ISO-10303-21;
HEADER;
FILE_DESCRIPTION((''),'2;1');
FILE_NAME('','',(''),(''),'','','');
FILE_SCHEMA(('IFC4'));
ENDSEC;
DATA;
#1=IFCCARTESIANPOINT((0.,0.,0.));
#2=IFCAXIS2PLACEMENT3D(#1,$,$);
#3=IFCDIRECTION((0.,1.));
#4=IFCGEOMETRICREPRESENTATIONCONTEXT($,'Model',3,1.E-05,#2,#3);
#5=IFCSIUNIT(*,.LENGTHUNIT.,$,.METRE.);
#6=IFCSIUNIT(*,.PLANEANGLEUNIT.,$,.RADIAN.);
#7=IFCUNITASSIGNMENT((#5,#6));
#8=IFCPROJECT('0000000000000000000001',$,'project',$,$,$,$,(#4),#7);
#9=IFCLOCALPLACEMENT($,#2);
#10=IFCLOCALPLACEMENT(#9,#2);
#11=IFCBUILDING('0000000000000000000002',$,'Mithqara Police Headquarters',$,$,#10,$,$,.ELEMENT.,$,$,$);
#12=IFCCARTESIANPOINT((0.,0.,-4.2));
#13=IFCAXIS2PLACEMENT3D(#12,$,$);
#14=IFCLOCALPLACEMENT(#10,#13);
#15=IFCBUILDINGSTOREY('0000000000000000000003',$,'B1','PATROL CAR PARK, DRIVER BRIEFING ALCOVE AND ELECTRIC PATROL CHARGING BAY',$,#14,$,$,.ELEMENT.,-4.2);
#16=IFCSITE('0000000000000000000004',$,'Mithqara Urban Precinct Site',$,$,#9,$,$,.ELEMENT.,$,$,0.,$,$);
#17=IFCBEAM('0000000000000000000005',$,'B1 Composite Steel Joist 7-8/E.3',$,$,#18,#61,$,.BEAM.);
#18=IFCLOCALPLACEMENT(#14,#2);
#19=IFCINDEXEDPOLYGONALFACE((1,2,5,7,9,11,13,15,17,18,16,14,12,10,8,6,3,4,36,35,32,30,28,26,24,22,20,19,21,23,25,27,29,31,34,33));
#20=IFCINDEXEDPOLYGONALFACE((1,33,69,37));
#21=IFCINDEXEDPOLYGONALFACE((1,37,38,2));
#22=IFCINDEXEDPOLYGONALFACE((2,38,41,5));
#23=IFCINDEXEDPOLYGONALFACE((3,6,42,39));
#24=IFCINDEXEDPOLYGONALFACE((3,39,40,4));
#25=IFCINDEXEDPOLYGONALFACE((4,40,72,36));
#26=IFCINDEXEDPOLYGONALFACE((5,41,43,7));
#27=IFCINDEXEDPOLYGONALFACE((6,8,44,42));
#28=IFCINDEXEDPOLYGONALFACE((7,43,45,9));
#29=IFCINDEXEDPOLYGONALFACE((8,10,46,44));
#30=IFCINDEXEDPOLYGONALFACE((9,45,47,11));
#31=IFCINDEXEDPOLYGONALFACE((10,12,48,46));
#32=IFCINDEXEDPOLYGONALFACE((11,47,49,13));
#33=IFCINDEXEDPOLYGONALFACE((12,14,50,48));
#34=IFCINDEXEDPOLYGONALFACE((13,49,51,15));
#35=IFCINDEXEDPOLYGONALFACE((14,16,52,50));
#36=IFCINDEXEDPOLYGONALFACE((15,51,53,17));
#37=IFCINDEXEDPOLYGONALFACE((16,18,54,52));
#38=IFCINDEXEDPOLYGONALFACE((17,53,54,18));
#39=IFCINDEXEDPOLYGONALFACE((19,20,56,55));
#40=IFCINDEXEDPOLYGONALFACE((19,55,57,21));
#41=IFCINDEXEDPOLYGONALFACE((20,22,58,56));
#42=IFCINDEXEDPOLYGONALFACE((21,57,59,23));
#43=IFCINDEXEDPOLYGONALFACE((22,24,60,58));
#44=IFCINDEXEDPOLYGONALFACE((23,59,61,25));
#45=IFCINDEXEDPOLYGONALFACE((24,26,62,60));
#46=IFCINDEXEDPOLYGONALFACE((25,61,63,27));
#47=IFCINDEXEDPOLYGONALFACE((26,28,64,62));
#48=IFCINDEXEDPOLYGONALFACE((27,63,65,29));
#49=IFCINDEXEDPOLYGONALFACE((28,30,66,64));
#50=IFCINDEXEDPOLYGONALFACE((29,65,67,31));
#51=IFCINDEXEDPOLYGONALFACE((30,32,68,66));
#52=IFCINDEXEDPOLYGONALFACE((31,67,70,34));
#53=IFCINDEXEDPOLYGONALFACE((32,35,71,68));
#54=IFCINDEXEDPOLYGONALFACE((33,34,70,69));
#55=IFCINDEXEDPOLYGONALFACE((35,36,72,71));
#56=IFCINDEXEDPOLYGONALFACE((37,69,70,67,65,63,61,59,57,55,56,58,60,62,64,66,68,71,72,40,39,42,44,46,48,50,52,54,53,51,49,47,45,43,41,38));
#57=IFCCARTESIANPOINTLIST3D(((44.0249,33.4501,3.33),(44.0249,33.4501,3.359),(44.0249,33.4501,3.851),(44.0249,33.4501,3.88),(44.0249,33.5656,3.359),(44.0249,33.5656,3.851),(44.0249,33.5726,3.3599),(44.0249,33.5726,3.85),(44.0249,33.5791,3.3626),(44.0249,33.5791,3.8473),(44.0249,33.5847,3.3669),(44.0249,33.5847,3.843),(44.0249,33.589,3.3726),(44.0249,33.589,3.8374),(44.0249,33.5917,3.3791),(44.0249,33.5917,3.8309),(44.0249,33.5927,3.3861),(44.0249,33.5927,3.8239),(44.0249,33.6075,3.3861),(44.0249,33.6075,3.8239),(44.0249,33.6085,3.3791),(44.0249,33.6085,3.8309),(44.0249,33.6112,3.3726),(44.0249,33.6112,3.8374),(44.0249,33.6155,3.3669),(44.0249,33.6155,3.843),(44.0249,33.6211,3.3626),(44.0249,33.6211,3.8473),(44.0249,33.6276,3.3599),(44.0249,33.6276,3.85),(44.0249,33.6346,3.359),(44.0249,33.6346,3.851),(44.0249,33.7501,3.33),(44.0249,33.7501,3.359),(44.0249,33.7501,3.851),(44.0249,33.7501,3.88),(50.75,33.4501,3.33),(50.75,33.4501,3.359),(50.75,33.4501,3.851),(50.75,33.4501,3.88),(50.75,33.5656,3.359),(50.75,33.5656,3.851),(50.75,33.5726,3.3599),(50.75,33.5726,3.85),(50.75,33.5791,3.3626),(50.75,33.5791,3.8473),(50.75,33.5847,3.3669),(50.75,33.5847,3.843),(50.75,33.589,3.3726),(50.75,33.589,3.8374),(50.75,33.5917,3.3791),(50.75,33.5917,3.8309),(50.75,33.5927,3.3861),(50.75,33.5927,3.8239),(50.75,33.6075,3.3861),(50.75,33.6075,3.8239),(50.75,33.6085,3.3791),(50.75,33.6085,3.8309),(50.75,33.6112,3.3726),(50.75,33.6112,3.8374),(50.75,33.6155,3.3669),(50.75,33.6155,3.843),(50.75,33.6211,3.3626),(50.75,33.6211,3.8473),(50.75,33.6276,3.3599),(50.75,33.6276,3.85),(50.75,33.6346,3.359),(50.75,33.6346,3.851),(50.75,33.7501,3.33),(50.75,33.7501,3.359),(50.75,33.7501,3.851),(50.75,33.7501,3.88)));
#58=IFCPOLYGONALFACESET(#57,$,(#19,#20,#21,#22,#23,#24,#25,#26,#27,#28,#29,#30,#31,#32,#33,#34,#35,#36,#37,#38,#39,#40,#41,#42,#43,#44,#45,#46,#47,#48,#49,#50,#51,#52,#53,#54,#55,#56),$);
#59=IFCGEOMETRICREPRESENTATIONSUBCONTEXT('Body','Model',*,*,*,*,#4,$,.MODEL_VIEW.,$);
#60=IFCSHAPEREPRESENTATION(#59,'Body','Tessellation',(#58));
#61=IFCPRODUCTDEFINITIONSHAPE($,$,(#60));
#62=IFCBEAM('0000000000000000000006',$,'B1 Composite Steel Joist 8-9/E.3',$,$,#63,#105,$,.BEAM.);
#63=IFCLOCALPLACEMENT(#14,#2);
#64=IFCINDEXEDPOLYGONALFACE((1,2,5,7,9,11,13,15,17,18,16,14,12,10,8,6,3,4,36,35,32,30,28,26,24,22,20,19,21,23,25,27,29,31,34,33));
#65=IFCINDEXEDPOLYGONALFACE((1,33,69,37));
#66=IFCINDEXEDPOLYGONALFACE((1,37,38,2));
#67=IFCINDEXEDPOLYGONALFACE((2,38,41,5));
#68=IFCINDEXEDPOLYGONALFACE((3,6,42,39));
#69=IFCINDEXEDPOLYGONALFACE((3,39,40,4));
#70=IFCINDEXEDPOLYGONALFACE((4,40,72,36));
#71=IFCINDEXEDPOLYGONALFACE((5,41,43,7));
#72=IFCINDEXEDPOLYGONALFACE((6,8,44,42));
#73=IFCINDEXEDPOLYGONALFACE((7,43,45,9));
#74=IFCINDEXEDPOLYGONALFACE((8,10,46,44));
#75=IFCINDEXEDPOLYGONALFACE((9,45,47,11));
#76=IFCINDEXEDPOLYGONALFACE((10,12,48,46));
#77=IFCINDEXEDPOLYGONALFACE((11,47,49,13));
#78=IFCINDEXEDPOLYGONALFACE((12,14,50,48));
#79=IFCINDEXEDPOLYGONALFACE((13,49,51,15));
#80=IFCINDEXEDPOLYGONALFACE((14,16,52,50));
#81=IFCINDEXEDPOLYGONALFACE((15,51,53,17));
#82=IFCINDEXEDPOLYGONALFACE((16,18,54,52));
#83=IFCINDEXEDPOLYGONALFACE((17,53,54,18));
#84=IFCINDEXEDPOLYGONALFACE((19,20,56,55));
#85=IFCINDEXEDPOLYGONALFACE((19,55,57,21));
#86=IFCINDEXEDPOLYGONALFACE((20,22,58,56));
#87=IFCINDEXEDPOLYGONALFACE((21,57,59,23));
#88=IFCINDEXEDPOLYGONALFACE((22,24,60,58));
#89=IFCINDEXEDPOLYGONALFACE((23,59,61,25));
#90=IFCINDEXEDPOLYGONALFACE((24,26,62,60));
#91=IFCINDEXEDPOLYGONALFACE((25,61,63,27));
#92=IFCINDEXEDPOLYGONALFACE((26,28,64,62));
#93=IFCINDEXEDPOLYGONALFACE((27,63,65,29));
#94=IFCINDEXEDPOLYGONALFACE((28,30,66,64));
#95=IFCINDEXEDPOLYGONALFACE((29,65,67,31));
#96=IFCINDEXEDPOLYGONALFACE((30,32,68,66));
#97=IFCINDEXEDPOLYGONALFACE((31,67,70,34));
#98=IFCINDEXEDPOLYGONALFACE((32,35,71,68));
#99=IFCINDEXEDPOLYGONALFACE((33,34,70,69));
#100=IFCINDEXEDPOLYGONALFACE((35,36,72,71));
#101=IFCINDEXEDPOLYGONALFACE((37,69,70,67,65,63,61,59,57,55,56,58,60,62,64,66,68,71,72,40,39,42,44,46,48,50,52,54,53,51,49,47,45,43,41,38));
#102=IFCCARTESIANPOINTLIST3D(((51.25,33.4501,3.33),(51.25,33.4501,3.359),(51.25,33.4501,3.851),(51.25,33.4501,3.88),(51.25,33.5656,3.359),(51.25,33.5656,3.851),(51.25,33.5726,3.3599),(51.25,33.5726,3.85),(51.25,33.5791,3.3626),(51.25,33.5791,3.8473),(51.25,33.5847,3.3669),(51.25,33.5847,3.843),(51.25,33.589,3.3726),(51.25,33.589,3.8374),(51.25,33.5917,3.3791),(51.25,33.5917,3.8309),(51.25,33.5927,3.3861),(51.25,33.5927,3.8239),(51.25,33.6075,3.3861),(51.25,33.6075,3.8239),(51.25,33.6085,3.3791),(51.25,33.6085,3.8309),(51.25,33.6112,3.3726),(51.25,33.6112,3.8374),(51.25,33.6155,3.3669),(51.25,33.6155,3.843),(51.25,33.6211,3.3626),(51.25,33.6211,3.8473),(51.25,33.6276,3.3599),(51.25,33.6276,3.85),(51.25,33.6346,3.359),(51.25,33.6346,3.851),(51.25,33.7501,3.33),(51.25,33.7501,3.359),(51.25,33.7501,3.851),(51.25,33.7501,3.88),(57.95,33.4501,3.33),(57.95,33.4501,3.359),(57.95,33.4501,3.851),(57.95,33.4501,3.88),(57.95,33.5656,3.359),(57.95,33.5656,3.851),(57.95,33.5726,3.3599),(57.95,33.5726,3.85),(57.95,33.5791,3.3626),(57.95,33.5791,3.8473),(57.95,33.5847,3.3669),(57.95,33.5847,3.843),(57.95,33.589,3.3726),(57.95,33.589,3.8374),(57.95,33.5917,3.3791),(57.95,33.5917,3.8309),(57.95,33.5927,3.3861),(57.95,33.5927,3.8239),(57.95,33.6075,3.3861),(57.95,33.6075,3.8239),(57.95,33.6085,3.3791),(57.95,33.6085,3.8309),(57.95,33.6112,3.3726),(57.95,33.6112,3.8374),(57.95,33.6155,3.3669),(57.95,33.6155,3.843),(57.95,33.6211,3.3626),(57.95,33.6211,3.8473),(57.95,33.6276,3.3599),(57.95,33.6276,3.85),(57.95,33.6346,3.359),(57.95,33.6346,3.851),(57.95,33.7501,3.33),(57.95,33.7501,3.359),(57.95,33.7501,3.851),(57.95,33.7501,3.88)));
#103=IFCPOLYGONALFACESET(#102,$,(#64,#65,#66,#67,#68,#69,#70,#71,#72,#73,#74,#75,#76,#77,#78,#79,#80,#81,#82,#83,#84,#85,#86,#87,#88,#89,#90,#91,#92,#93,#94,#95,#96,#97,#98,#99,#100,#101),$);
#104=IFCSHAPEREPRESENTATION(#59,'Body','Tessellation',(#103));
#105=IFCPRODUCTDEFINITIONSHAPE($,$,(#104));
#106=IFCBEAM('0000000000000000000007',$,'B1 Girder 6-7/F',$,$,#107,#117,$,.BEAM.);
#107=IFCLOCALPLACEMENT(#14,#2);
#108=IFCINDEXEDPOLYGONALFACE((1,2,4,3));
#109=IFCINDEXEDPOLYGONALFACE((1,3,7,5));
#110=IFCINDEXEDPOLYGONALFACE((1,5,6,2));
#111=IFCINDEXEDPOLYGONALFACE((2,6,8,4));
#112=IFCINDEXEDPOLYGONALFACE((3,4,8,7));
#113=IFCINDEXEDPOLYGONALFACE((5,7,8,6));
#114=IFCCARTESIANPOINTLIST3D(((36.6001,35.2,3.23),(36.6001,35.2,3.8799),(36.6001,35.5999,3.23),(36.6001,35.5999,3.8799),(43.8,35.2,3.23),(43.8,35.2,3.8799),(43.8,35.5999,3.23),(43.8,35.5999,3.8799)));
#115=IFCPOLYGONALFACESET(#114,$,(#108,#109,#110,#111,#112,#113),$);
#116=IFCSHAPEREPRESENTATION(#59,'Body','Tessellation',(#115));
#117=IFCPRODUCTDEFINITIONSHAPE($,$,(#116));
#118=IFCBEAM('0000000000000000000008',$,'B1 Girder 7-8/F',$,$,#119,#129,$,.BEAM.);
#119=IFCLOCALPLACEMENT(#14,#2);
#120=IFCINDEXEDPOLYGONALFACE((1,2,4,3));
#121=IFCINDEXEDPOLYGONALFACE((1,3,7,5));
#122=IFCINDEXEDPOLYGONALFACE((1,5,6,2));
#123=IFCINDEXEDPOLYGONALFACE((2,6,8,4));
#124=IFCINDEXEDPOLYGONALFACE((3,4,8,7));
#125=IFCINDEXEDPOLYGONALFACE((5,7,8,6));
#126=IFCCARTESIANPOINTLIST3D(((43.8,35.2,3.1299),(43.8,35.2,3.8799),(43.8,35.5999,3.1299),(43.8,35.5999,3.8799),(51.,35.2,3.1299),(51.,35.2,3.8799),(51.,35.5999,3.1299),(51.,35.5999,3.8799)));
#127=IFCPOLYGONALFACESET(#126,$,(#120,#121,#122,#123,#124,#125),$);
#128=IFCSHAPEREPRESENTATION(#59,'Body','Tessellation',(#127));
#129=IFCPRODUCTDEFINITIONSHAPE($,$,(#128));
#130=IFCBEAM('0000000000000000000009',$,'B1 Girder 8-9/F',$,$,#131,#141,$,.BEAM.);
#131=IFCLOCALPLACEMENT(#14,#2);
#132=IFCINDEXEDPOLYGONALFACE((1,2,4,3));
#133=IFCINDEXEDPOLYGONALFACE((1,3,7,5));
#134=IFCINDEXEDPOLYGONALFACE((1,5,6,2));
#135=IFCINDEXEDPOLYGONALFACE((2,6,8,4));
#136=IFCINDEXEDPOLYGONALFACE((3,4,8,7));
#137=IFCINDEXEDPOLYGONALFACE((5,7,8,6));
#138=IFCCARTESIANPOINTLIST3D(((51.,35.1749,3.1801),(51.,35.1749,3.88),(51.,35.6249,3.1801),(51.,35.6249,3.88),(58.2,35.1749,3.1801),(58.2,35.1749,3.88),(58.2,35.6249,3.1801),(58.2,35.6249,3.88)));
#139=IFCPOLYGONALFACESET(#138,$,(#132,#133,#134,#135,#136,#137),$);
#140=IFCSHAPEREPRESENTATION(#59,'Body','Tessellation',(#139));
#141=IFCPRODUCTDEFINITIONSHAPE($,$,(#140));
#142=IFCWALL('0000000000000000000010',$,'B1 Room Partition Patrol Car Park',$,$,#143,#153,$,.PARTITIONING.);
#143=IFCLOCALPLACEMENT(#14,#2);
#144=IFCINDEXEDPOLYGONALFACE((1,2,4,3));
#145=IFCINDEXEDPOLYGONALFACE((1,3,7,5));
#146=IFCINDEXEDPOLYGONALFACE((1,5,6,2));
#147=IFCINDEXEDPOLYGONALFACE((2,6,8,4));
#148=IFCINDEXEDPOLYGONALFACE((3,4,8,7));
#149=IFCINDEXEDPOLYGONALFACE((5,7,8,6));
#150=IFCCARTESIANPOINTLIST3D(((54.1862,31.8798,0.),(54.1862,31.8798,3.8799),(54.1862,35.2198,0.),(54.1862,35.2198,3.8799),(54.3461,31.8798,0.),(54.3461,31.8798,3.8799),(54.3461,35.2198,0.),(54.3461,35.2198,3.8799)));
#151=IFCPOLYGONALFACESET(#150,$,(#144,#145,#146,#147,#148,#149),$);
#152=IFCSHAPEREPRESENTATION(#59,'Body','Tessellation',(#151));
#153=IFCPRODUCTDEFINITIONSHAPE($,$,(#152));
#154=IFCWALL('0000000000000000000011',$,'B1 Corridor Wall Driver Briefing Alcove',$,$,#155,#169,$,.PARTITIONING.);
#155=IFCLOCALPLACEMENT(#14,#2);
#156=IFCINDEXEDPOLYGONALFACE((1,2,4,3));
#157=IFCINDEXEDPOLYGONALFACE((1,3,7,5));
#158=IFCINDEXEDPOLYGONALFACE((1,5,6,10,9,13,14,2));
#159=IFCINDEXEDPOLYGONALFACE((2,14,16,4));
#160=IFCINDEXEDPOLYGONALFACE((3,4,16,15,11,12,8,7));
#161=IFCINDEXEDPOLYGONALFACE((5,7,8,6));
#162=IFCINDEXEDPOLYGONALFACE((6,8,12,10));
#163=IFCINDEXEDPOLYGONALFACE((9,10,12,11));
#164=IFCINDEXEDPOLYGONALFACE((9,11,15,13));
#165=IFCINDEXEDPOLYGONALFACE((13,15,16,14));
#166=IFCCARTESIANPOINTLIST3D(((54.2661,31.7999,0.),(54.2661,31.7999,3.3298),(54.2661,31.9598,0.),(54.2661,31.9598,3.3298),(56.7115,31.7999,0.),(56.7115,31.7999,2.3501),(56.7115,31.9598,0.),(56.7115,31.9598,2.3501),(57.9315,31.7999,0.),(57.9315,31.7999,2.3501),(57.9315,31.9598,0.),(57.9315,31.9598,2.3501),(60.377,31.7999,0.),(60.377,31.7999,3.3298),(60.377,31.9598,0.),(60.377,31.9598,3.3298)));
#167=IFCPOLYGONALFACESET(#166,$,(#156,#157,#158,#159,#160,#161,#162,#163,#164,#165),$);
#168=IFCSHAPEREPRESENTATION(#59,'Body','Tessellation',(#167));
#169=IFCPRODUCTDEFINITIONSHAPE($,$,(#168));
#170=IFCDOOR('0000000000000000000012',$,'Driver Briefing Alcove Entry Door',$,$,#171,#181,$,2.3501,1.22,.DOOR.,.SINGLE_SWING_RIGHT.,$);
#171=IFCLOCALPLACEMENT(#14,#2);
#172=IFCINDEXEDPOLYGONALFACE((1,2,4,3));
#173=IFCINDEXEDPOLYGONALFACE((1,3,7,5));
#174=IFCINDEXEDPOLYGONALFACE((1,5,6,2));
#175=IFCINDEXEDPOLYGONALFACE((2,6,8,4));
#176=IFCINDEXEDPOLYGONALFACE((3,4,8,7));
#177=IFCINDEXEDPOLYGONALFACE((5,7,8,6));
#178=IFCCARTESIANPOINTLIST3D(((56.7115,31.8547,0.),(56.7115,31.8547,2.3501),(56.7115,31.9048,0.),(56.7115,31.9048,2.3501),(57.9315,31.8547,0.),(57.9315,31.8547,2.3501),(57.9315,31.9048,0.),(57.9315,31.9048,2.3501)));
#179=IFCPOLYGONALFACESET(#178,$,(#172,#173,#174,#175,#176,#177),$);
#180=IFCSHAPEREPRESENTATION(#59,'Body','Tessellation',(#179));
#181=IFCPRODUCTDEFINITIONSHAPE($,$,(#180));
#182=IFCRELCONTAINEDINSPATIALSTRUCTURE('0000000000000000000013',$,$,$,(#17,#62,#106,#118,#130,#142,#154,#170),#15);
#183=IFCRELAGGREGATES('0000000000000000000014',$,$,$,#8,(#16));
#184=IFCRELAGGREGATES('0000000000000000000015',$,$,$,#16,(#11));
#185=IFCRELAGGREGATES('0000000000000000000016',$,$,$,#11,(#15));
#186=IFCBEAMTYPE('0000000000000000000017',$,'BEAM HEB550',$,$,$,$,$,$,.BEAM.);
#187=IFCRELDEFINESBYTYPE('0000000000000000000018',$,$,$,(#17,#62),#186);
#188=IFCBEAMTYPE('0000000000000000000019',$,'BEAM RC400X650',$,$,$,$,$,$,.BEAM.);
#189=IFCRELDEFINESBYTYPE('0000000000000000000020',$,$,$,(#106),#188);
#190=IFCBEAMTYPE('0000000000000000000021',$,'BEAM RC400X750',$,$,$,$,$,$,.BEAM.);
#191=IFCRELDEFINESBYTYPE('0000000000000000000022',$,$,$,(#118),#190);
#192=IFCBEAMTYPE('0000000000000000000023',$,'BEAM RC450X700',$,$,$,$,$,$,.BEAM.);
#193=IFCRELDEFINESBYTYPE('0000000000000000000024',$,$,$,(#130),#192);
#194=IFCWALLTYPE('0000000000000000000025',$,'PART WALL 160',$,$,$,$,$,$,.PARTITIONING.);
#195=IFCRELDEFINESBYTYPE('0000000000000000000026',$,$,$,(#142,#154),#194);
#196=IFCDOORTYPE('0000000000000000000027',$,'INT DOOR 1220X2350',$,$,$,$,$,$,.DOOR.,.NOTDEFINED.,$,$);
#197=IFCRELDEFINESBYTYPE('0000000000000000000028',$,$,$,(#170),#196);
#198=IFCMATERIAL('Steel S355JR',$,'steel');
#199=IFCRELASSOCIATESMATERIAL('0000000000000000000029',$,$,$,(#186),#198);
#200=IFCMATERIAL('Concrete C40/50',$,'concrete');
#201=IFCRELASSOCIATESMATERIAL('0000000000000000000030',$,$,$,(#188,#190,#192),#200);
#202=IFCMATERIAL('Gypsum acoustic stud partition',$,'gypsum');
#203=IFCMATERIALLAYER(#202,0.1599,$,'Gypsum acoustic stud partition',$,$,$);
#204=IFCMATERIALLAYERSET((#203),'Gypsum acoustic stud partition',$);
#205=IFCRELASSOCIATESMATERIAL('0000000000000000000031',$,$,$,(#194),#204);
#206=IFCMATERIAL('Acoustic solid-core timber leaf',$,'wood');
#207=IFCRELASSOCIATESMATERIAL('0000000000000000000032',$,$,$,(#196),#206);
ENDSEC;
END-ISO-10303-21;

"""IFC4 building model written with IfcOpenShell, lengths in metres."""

from ifc_helpers import new_model, si_unit, direction, frame, frame_2d, origin, origin_2d, place, context, subcontext, project, spatial, rectangle, i_section, extrude, material, layer, layer_set, material_profile, profile_set, type_object, element, fill, save


model = new_model("IFC4")

# Units and contexts
model_context = context("Model", 3, precision=1e-05, world=origin(), true_north=direction((0.0, 1.0)))
body_context = subcontext(model_context, "Body", "Model", "MODEL_VIEW")
ifc_project = project(units=[si_unit("LENGTHUNIT", "METRE"), si_unit("PLANEANGLEUNIT", "RADIAN")], contexts=[model_context])

# Site, building, storey
site_placement = place(None, origin())
site = spatial("IfcSite", under=ifc_project, at=site_placement, Name="Mithqara Urban Precinct Site", CompositionType="ELEMENT", RefElevation=0.0)
building_placement = place(site_placement, origin())
building = spatial("IfcBuilding", under=site, at=building_placement, Name="Mithqara Police Headquarters", CompositionType="ELEMENT")
storey_placement = place(building_placement, frame((0.0, 0.0, -4.2)))
storey = spatial("IfcBuildingStorey", under=building, at=storey_placement, Name="B1", Description="PATROL CAR PARK, DRIVER BRIEFING ALCOVE AND ELECTRIC PATROL CHARGING BAY", CompositionType="ELEMENT", Elevation=-4.2)

# Shared definitions
ifc_material_1 = material(Name="Concrete C40/50", Category="concrete")

# Beams
ifc_material_2 = material(Name="Steel S355JR", Category="steel")
ifc_material_profile_1 = material_profile(ifc_material_2, i_section(OverallWidth=0.3, OverallDepth=0.55, WebThickness=0.0149, FlangeThickness=0.0291, FilletRadius=0.0271, at=origin_2d()), Name="HEB 550")
ifc_profile_set_1 = profile_set([ifc_material_profile_1], Name="Steel S355JR")
beam_type_1 = type_object("IfcBeamType", Name="BEAM HEB550", PredefinedType="BEAM", material=ifc_profile_set_1)
beam_1_placement = place(storey_placement, frame((44.0249, 33.6001, 3.605), z_axis=(1.0, 0.0, 0.0), x_axis=(0.0, 1.0, 0.0)))
element("IfcBeam", 1, at=beam_1_placement, inside=storey, type_object=beam_type_1, Name="B1 Composite Steel Joist 7-8/E.3", PredefinedType="BEAM", context=body_context, shape_type="SweptSolid", body=[
    extrude(i_section(OverallWidth=0.3, OverallDepth=0.55, WebThickness=0.0149, FlangeThickness=0.0291, FilletRadius=0.0271, at=origin_2d()), origin(), (0.0, 0.0, 1.0), 6.7251),
])
beam_2_placement = place(storey_placement, frame((51.25, 33.6001, 3.605), z_axis=(1.0, 0.0, 0.0), x_axis=(0.0, 1.0, 0.0)))
element("IfcBeam", 2, at=beam_2_placement, inside=storey, type_object=beam_type_1, Name="B1 Composite Steel Joist 8-9/E.3", PredefinedType="BEAM", context=body_context, shape_type="SweptSolid", body=[
    extrude(i_section(OverallWidth=0.3, OverallDepth=0.55, WebThickness=0.0149, FlangeThickness=0.0291, FilletRadius=0.0271, at=origin_2d()), origin(), (0.0, 0.0, 1.0), 6.7),
])
ifc_material_profile_2 = material_profile(ifc_material_1, rectangle(XDim=0.3999, YDim=0.6499, at=origin_2d()), Name="RC 400x650")
ifc_profile_set_2 = profile_set([ifc_material_profile_2], Name="Concrete C40/50")
beam_type_2 = type_object("IfcBeamType", Name="BEAM RC400X650", PredefinedType="BEAM", material=ifc_profile_set_2)
beam_3_placement = place(storey_placement, frame((36.6001, 35.3999, 3.5549), z_axis=(1.0, 0.0, 0.0), x_axis=(0.0, 1.0, 0.0)))
element("IfcBeam", 3, at=beam_3_placement, inside=storey, type_object=beam_type_2, Name="B1 Girder 6-7/F", PredefinedType="BEAM", context=body_context, shape_type="SweptSolid", body=[
    extrude(rectangle(XDim=0.3999, YDim=0.6499, at=origin_2d()), origin(), (0.0, 0.0, 1.0), 7.2),
])
ifc_material_profile_3 = material_profile(ifc_material_1, rectangle(XDim=0.3999, YDim=0.75, at=origin_2d()), Name="RC 400x750")
ifc_profile_set_3 = profile_set([ifc_material_profile_3], Name="Concrete C40/50")
beam_type_3 = type_object("IfcBeamType", Name="BEAM RC400X750", PredefinedType="BEAM", material=ifc_profile_set_3)
beam_4_placement = place(storey_placement, frame((43.8, 35.3999, 3.5049), z_axis=(1.0, 0.0, 0.0), x_axis=(0.0, 1.0, 0.0)))
element("IfcBeam", 4, at=beam_4_placement, inside=storey, type_object=beam_type_3, Name="B1 Girder 7-8/F", PredefinedType="BEAM", context=body_context, shape_type="SweptSolid", body=[
    extrude(rectangle(XDim=0.3999, YDim=0.75, at=origin_2d()), origin(), (0.0, 0.0, 1.0), 7.2),
])
ifc_material_profile_4 = material_profile(ifc_material_1, rectangle(XDim=0.45, YDim=0.7, at=origin_2d()), Name="RC 450x700")
ifc_profile_set_4 = profile_set([ifc_material_profile_4], Name="Concrete C40/50")
beam_type_4 = type_object("IfcBeamType", Name="BEAM RC450X700", PredefinedType="BEAM", material=ifc_profile_set_4)
beam_5_placement = place(storey_placement, frame((51.0, 35.3999, 3.53), z_axis=(1.0, 0.0, 0.0), x_axis=(0.0, 1.0, 0.0)))
element("IfcBeam", 5, at=beam_5_placement, inside=storey, type_object=beam_type_4, Name="B1 Girder 8-9/F", PredefinedType="BEAM", context=body_context, shape_type="SweptSolid", body=[
    extrude(rectangle(XDim=0.45, YDim=0.7, at=origin_2d()), origin(), (0.0, 0.0, 1.0), 7.2),
])

# Wall
ifc_material_3 = material(Name="Gypsum acoustic stud partition", Category="gypsum")
ifc_layer = layer(ifc_material_3, 0.1599, Name="Gypsum acoustic stud partition")
ifc_layer_set = layer_set([ifc_layer], Name="Gypsum acoustic stud partition")
wall_type = type_object("IfcWallType", Name="PART WALL 160", PredefinedType="PARTITIONING", material=ifc_layer_set)
wall_1_placement = place(storey_placement, frame((54.2661, 31.8799, 0.0), z_axis=(0.0, 0.0, 1.0), x_axis=(0.0, 1.0, 0.0)))
element("IfcWall", 6, at=wall_1_placement, inside=storey, type_object=wall_type, Name="B1 Room Partition Patrol Car Park", PredefinedType="PARTITIONING", context=body_context, shape_type="SweptSolid", body=[
    extrude(rectangle(XDim=3.3401, YDim=0.1599, at=frame_2d((1.6699, 0.0))), origin(), (0.0, 0.0, 1.0), 3.8799),
])

# Wall, opening, door
wall_2_placement = place(storey_placement, frame((54.2661, 31.8799, 0.0), z_axis=(0.0, 0.0, 1.0), x_axis=(1.0, 0.0, 0.0)))
wall_2 = element("IfcWall", 7, at=wall_2_placement, inside=storey, type_object=wall_type, Name="B1 Corridor Wall Driver Briefing Alcove", PredefinedType="PARTITIONING", context=body_context, shape_type="SweptSolid", body=[
    extrude(rectangle(XDim=6.1108, YDim=0.1599, at=frame_2d((3.0554, 0.0))), origin(), (0.0, 0.0, 1.0), 3.3298),
])
opening_placement = place(wall_2_placement, frame((2.4456, 0.0, 0.0)))
opening = element("IfcOpeningElement", 8, at=opening_placement, cuts=wall_2, PredefinedType="OPENING", context=body_context, shape_type="SweptSolid", body=[
    extrude(rectangle(XDim=1.22, YDim=2.3501, at=frame_2d((0.6099, 1.175))), frame((0.0, 0.0898, 0.0), z_axis=(0.0, -1.0, 0.0), x_axis=(1.0, 0.0, 0.0)), (0.0, 0.0, 1.0), 0.1799),
])
ifc_material_4 = material(Name="Acoustic solid-core timber leaf", Category="wood")
door_type = type_object("IfcDoorType", Name="INT DOOR 1220X2350", OperationType="NOTDEFINED", PredefinedType="DOOR", material=ifc_material_4)
door_placement = place(opening_placement, origin())
door = element("IfcDoor", 9, at=door_placement, inside=storey, type_object=door_type, Name="Driver Briefing Alcove Entry Door", OperationType="SINGLE_SWING_RIGHT", OverallHeight=2.3501, OverallWidth=1.22, PredefinedType="DOOR", context=body_context, shape_type="SweptSolid", body=[
    extrude(rectangle(XDim=1.22, YDim=2.3501, at=frame_2d((0.6099, 1.175))), frame((0.0, 0.0249, 0.0), z_axis=(0.0, -1.0, 0.0), x_axis=(1.0, 0.0, 0.0)), (0.0, 0.0, 1.0), 0.05),
])
fill(opening, door)

save(model, "model.ifc")
